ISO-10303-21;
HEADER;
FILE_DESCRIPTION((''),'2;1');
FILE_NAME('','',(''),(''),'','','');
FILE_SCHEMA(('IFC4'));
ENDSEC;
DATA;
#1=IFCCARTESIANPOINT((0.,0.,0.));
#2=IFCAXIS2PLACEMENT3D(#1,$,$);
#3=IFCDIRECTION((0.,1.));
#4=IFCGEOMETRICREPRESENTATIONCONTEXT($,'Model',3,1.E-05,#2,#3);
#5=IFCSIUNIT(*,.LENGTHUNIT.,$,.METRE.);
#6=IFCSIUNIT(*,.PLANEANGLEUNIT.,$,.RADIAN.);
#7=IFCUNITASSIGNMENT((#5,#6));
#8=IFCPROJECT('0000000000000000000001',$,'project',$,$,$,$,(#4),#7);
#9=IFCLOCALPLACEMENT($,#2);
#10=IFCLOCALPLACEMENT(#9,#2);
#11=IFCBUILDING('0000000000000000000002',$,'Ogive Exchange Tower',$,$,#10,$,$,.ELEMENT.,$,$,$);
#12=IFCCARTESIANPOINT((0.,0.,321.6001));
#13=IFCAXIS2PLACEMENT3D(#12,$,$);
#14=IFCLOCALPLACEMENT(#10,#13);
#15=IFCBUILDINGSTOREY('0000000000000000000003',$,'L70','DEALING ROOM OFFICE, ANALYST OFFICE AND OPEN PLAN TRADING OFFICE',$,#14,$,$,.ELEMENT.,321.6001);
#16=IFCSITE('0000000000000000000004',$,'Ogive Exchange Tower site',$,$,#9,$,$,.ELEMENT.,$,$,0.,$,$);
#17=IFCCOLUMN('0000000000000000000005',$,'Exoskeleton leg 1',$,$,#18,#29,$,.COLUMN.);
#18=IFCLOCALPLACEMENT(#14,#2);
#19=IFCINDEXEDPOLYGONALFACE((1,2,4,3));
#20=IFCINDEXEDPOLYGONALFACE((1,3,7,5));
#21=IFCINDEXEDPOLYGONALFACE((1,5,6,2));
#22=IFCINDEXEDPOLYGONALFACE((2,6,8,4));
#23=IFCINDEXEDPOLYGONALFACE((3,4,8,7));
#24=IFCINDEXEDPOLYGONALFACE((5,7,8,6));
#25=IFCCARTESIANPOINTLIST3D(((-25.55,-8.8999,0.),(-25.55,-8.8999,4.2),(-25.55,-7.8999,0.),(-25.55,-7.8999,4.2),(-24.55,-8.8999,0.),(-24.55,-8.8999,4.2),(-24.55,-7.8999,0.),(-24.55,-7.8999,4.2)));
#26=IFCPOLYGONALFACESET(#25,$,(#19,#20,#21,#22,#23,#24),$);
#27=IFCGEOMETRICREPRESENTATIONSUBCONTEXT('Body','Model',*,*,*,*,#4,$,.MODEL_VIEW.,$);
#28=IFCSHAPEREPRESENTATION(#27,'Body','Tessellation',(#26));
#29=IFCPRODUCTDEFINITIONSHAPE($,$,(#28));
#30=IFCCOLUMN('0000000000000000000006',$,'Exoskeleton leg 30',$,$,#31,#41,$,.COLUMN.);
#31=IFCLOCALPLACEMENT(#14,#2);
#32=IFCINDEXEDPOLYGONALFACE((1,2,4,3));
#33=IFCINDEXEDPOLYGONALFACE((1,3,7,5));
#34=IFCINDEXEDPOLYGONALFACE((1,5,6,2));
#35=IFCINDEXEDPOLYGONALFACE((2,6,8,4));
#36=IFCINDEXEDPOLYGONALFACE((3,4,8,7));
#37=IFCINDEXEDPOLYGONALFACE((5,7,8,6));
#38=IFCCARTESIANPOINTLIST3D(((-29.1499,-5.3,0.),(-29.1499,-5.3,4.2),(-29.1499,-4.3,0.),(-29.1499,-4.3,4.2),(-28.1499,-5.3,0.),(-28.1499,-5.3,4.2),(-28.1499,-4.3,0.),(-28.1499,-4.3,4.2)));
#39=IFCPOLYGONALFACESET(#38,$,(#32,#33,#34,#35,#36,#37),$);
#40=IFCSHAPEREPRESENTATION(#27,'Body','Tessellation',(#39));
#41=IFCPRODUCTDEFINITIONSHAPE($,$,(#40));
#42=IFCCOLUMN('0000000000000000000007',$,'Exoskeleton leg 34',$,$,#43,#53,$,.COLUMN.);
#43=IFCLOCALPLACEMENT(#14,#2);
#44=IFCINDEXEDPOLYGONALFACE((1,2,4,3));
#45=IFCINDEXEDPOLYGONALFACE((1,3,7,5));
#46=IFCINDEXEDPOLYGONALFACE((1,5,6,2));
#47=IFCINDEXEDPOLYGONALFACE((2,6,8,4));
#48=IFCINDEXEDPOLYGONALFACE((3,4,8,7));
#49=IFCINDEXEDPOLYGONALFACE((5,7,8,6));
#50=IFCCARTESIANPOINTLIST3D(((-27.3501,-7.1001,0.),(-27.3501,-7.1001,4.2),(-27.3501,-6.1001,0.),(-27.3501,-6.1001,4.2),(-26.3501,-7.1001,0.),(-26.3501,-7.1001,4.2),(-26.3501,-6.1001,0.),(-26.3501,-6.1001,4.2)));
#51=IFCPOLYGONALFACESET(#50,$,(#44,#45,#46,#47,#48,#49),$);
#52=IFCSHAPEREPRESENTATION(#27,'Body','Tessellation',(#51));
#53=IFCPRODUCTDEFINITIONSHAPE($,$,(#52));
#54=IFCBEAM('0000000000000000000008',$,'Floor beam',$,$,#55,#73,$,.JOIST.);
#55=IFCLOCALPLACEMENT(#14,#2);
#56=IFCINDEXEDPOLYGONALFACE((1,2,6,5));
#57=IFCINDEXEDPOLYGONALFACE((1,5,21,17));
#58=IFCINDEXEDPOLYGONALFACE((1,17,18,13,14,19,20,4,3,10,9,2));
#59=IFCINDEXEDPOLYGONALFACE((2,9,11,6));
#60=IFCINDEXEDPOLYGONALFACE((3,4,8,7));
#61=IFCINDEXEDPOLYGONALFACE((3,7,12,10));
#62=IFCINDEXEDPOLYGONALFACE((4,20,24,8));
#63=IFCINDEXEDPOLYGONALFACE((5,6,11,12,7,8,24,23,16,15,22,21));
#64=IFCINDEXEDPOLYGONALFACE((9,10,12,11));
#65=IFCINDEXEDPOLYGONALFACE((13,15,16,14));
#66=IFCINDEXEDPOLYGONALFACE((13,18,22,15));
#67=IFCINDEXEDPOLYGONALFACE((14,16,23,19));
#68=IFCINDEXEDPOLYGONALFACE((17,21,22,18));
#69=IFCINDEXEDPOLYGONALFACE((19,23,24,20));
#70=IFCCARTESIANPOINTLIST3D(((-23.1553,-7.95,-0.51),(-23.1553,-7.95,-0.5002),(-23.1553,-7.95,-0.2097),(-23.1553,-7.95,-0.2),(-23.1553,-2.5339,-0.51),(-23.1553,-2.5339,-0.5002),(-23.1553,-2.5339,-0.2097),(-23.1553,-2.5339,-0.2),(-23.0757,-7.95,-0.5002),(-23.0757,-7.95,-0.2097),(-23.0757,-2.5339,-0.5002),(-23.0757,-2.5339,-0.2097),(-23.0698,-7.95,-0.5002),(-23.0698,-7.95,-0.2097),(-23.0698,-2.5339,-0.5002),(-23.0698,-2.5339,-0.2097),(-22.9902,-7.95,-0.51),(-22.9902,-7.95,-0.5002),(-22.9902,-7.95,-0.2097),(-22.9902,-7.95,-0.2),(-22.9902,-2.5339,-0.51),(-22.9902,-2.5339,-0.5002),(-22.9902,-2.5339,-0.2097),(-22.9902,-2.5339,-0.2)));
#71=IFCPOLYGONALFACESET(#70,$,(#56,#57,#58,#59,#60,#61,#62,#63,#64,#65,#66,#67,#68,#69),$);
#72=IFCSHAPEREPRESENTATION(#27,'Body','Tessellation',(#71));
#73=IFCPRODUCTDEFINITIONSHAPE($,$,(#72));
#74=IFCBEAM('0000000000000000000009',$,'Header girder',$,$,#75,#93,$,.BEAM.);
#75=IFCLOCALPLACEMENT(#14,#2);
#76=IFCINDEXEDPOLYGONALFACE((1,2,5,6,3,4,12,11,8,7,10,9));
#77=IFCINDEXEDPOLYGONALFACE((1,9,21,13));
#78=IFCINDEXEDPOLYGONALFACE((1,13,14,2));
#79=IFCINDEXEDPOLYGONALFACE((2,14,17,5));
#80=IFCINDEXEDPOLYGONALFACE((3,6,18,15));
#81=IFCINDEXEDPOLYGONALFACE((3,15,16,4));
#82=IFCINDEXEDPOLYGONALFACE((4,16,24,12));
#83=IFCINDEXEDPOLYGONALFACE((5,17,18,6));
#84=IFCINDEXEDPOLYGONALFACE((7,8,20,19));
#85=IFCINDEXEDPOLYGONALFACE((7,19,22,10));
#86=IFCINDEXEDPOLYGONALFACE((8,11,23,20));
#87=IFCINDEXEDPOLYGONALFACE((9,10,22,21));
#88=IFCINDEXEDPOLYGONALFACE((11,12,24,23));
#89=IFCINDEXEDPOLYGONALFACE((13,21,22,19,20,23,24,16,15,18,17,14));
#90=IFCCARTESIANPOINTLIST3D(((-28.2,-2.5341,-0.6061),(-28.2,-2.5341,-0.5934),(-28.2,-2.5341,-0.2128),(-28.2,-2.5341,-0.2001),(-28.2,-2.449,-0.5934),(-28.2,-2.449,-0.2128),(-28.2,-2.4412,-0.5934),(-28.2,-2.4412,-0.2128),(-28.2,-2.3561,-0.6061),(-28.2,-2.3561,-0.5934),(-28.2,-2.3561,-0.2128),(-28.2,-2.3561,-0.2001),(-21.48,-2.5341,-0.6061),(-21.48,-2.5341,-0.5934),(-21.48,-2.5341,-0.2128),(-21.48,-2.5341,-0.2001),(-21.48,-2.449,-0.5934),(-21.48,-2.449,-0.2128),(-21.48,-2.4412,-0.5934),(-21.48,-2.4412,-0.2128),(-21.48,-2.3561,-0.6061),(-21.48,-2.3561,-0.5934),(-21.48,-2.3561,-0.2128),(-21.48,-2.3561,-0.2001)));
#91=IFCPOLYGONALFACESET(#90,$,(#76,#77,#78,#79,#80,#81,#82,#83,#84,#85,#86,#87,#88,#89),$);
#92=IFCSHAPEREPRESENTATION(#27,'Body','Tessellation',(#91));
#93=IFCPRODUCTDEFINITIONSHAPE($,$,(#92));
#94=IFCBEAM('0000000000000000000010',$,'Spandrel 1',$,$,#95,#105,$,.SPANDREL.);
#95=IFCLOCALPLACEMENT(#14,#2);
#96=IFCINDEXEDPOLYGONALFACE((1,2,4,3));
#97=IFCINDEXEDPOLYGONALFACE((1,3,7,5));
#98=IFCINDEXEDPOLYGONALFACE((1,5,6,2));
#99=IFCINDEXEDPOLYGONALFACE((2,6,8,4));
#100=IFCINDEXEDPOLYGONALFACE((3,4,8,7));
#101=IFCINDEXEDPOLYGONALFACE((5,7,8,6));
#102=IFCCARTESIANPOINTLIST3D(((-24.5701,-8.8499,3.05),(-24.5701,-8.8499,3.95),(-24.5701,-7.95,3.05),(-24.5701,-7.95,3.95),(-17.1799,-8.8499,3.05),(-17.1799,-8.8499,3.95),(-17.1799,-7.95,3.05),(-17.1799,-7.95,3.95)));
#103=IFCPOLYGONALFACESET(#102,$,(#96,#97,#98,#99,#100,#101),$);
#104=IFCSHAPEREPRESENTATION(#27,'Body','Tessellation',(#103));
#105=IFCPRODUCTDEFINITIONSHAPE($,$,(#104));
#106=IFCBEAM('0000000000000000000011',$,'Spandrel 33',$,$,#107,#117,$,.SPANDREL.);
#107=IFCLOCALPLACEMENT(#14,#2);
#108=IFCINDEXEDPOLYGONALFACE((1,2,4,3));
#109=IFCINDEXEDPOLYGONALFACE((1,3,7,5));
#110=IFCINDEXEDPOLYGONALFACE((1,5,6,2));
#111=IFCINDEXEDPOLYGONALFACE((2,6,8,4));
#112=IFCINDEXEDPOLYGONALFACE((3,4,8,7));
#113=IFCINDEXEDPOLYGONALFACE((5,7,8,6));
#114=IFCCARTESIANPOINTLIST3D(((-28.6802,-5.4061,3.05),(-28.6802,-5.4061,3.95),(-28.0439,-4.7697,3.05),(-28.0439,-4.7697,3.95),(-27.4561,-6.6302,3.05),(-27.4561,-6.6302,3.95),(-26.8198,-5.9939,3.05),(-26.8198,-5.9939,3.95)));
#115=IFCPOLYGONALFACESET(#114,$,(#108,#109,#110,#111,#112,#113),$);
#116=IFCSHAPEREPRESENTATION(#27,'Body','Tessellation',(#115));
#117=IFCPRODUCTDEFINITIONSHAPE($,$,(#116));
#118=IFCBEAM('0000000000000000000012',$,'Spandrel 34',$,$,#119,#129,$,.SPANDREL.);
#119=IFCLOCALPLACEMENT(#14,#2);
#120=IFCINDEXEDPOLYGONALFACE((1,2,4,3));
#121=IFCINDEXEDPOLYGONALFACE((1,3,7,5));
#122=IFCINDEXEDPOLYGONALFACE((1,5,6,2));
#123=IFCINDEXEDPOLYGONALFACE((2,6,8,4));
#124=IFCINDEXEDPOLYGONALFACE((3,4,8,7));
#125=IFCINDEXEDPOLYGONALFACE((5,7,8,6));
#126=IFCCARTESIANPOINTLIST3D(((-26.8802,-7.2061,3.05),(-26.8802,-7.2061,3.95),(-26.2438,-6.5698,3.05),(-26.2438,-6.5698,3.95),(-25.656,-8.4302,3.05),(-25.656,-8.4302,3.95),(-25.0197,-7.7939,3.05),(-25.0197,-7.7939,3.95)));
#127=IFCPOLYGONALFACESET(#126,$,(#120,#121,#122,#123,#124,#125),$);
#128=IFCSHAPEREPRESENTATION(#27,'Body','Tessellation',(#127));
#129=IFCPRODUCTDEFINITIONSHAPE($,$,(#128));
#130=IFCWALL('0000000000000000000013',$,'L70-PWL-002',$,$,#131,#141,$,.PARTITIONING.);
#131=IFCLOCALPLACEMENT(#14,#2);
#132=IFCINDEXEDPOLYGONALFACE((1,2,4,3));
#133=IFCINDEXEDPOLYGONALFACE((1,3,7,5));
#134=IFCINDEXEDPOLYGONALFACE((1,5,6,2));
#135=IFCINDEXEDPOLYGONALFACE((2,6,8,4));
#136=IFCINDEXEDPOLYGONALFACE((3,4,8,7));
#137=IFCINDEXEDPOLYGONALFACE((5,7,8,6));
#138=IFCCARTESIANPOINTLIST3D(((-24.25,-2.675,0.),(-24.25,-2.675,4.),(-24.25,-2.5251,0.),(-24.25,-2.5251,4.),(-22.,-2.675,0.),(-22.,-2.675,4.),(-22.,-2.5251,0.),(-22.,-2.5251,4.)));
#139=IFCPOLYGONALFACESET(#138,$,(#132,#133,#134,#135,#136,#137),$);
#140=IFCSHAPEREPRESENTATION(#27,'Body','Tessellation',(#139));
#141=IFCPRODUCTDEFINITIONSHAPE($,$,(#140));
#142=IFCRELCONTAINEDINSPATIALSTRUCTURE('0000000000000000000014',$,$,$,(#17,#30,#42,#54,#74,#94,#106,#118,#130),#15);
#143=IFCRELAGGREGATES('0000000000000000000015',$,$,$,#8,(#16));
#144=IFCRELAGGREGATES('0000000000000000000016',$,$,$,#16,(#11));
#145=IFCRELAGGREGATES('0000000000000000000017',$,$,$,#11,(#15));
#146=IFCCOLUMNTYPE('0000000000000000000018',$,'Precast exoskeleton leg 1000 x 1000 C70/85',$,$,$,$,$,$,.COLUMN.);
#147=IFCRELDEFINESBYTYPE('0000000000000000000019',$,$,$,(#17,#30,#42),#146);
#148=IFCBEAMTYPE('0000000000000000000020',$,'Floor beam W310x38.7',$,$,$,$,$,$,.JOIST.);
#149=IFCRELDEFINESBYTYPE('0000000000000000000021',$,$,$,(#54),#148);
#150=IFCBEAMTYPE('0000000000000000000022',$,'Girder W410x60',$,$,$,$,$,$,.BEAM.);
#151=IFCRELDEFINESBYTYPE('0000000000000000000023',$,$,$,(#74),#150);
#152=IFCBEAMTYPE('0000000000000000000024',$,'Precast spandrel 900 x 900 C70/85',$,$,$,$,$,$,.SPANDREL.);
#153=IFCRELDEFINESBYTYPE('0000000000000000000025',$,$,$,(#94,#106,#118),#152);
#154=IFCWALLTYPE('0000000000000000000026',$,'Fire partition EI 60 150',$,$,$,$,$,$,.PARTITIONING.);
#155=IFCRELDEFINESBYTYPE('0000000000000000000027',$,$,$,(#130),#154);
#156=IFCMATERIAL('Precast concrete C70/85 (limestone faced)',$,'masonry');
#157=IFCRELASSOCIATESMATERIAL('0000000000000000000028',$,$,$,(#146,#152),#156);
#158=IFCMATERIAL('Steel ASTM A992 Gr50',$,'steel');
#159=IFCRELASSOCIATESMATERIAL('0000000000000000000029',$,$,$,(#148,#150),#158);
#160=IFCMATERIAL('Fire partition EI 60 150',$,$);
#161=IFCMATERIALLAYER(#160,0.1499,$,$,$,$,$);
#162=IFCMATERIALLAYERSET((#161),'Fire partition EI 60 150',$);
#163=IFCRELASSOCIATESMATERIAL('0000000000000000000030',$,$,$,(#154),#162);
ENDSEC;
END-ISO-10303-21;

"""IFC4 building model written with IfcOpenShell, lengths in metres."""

from ifc_helpers import new_model, si_unit, direction, frame, frame_2d, origin, origin_2d, place, context, subcontext, project, spatial, rectangle, i_section, extrude, material, layer, layer_set, material_profile, profile_set, type_object, element, save


model = new_model("IFC4")

# Units and contexts
model_context = context("Model", 3, precision=1e-05, world=origin(), true_north=direction((0.0, 1.0)))
body_context = subcontext(model_context, "Body", "Model", "MODEL_VIEW")
ifc_project = project(units=[si_unit("LENGTHUNIT", "METRE"), si_unit("PLANEANGLEUNIT", "RADIAN")], contexts=[model_context])

# Site, building, storey
site_placement = place(None, origin())
site = spatial("IfcSite", under=ifc_project, at=site_placement, Name="Ogive Exchange Tower site", CompositionType="ELEMENT", RefElevation=0.0)
building_placement = place(site_placement, origin())
building = spatial("IfcBuilding", under=site, at=building_placement, Name="Ogive Exchange Tower", CompositionType="ELEMENT")
storey_placement = place(building_placement, frame((0.0, 0.0, 321.6001)))
storey = spatial("IfcBuildingStorey", under=building, at=storey_placement, Name="L70", Description="DEALING ROOM OFFICE, ANALYST OFFICE AND OPEN PLAN TRADING OFFICE", CompositionType="ELEMENT", Elevation=321.6001)

# Columns
ifc_material_1 = material(Name="Precast concrete C70/85 (limestone faced)", Category="masonry")
ifc_material_profile_1 = material_profile(ifc_material_1, rectangle(XDim=1.0, YDim=1.0, at=origin_2d()), Name="1000 x 1000")
ifc_profile_set_1 = profile_set([ifc_material_profile_1], Name="Precast concrete C70/85 (limestone faced)")
column_type = type_object("IfcColumnType", Name="Precast exoskeleton leg 1000 x 1000 C70/85", PredefinedType="COLUMN", material=ifc_profile_set_1)
for number, where, z_axis, x_axis, name in (
    (1, (-25.05, -8.3999, 0.0), (0.0, 0.0, 1.0), (1.0, 0.0, 0.0), "Exoskeleton leg 1"),
    (2, (-28.6499, -4.8, 0.0), (0.0, 0.0, 1.0), (1.0, 0.0, 0.0), "Exoskeleton leg 30"),
    (3, (-26.8501, -6.6001, 0.0), (0.0, 0.0, 1.0), (1.0, 0.0, 0.0), "Exoskeleton leg 34"),
):
    element("IfcColumn", number, at=place(storey_placement, frame(where, z_axis=z_axis, x_axis=x_axis)), inside=storey, type_object=column_type, Name=name, PredefinedType="COLUMN", context=body_context, shape_type="SweptSolid", body=[
        extrude(rectangle(XDim=1.0, YDim=1.0, at=origin_2d()), origin(), (0.0, 0.0, 1.0), 4.2),
    ])

# Beams
ifc_material_2 = material(Name="Steel ASTM A992 Gr50", Category="steel")
ifc_material_profile_2 = material_profile(ifc_material_2, i_section(OverallWidth=0.165, OverallDepth=0.3101, WebThickness=0.0059, FlangeThickness=0.0098, at=origin_2d()), Name="W310x38.7")
ifc_profile_set_2 = profile_set([ifc_material_profile_2], Name="Steel ASTM A992 Gr50")
beam_type_1 = type_object("IfcBeamType", Name="Floor beam W310x38.7", PredefinedType="JOIST", material=ifc_profile_set_2)
beam_1_placement = place(storey_placement, frame((-23.0728, -7.95, -0.355), z_axis=(0.0, 1.0, 0.0), x_axis=(-1.0, 0.0, 0.0)))
element("IfcBeam", 4, at=beam_1_placement, inside=storey, type_object=beam_type_1, Name="Floor beam", PredefinedType="JOIST", context=body_context, shape_type="SweptSolid", body=[
    extrude(i_section(OverallWidth=0.165, OverallDepth=0.3101, WebThickness=0.0059, FlangeThickness=0.0098, at=origin_2d()), origin(), (0.0, 0.0, 1.0), 5.416),
])
ifc_material_profile_3 = material_profile(ifc_material_2, i_section(OverallWidth=0.178, OverallDepth=0.406, WebThickness=0.0078, FlangeThickness=0.0127, at=origin_2d()), Name="W410x60")
ifc_profile_set_3 = profile_set([ifc_material_profile_3], Name="Steel ASTM A992 Gr50")
beam_type_2 = type_object("IfcBeamType", Name="Girder W410x60", PredefinedType="BEAM", material=ifc_profile_set_3)
beam_2_placement = place(storey_placement, frame((-28.2, -2.4451, -0.4031), z_axis=(1.0, 0.0, 0.0), x_axis=(0.0, 1.0, 0.0)))
element("IfcBeam", 5, at=beam_2_placement, inside=storey, type_object=beam_type_2, Name="Header girder", PredefinedType="BEAM", context=body_context, shape_type="SweptSolid", body=[
    extrude(i_section(OverallWidth=0.178, OverallDepth=0.406, WebThickness=0.0078, FlangeThickness=0.0127, at=origin_2d()), origin(), (0.0, 0.0, 1.0), 6.72),
])
ifc_material_profile_4 = material_profile(ifc_material_1, rectangle(XDim=0.8999, YDim=0.8999, at=origin_2d()), Name="900 x 900")
ifc_profile_set_4 = profile_set([ifc_material_profile_4], Name="Precast concrete C70/85 (limestone faced)")
beam_type_3 = type_object("IfcBeamType", Name="Precast spandrel 900 x 900 C70/85", PredefinedType="SPANDREL", material=ifc_profile_set_4)
beam_3_placement = place(storey_placement, frame((-24.5701, -8.3999, 3.5), z_axis=(1.0, 0.0, 0.0), x_axis=(0.0, 1.0, 0.0)))
element("IfcBeam", 6, at=beam_3_placement, inside=storey, type_object=beam_type_3, Name="Spandrel 1", PredefinedType="SPANDREL", context=body_context, shape_type="SweptSolid", body=[
    extrude(rectangle(XDim=0.8999, YDim=0.8999, at=origin_2d()), origin(), (0.0, 0.0, 1.0), 7.3901),
])
for number, where, z_axis, x_axis, name in (
    (7, (-28.3621, -5.0879, 3.5), (0.707107, -0.707107, 0.0), (0.707107, 0.707107, 0.0), "Spandrel 33"),
    (8, (-26.562, -6.8879, 3.5), (0.707107, -0.707107, 0.0), (0.707107, 0.707107, 0.0), "Spandrel 34"),
):
    element("IfcBeam", number, at=place(storey_placement, frame(where, z_axis=z_axis, x_axis=x_axis)), inside=storey, type_object=beam_type_3, Name=name, PredefinedType="SPANDREL", context=body_context, shape_type="SweptSolid", body=[
        extrude(rectangle(XDim=0.8999, YDim=0.8999, at=origin_2d()), origin(), (0.0, 0.0, 1.0), 1.7312),
    ])

# Wall
ifc_material_3 = material(Name="Fire partition EI 60 150")
ifc_layer_1 = layer(ifc_material_3, 0.1499)
ifc_layer_set_1 = layer_set([ifc_layer_1], Name="Fire partition EI 60 150")
wall_type_1 = type_object("IfcWallType", Name="Fire partition EI 60 150", PredefinedType="PARTITIONING", material=ifc_layer_set_1)
wall_1_placement = place(storey_placement, frame((-24.25, -2.6001, 0.0), z_axis=(0.0, 0.0, 1.0), x_axis=(1.0, 0.0, 0.0)))
element("IfcWall", 9, at=wall_1_placement, inside=storey, type_object=wall_type_1, Name="L70-PWL-002", PredefinedType="PARTITIONING", context=body_context, shape_type="SweptSolid", body=[
    extrude(rectangle(XDim=2.25, YDim=0.1499, at=frame_2d((1.125, 0.0))), origin(), (0.0, 0.0, 1.0), 4.0),
])

save(model, "model.ifc")
